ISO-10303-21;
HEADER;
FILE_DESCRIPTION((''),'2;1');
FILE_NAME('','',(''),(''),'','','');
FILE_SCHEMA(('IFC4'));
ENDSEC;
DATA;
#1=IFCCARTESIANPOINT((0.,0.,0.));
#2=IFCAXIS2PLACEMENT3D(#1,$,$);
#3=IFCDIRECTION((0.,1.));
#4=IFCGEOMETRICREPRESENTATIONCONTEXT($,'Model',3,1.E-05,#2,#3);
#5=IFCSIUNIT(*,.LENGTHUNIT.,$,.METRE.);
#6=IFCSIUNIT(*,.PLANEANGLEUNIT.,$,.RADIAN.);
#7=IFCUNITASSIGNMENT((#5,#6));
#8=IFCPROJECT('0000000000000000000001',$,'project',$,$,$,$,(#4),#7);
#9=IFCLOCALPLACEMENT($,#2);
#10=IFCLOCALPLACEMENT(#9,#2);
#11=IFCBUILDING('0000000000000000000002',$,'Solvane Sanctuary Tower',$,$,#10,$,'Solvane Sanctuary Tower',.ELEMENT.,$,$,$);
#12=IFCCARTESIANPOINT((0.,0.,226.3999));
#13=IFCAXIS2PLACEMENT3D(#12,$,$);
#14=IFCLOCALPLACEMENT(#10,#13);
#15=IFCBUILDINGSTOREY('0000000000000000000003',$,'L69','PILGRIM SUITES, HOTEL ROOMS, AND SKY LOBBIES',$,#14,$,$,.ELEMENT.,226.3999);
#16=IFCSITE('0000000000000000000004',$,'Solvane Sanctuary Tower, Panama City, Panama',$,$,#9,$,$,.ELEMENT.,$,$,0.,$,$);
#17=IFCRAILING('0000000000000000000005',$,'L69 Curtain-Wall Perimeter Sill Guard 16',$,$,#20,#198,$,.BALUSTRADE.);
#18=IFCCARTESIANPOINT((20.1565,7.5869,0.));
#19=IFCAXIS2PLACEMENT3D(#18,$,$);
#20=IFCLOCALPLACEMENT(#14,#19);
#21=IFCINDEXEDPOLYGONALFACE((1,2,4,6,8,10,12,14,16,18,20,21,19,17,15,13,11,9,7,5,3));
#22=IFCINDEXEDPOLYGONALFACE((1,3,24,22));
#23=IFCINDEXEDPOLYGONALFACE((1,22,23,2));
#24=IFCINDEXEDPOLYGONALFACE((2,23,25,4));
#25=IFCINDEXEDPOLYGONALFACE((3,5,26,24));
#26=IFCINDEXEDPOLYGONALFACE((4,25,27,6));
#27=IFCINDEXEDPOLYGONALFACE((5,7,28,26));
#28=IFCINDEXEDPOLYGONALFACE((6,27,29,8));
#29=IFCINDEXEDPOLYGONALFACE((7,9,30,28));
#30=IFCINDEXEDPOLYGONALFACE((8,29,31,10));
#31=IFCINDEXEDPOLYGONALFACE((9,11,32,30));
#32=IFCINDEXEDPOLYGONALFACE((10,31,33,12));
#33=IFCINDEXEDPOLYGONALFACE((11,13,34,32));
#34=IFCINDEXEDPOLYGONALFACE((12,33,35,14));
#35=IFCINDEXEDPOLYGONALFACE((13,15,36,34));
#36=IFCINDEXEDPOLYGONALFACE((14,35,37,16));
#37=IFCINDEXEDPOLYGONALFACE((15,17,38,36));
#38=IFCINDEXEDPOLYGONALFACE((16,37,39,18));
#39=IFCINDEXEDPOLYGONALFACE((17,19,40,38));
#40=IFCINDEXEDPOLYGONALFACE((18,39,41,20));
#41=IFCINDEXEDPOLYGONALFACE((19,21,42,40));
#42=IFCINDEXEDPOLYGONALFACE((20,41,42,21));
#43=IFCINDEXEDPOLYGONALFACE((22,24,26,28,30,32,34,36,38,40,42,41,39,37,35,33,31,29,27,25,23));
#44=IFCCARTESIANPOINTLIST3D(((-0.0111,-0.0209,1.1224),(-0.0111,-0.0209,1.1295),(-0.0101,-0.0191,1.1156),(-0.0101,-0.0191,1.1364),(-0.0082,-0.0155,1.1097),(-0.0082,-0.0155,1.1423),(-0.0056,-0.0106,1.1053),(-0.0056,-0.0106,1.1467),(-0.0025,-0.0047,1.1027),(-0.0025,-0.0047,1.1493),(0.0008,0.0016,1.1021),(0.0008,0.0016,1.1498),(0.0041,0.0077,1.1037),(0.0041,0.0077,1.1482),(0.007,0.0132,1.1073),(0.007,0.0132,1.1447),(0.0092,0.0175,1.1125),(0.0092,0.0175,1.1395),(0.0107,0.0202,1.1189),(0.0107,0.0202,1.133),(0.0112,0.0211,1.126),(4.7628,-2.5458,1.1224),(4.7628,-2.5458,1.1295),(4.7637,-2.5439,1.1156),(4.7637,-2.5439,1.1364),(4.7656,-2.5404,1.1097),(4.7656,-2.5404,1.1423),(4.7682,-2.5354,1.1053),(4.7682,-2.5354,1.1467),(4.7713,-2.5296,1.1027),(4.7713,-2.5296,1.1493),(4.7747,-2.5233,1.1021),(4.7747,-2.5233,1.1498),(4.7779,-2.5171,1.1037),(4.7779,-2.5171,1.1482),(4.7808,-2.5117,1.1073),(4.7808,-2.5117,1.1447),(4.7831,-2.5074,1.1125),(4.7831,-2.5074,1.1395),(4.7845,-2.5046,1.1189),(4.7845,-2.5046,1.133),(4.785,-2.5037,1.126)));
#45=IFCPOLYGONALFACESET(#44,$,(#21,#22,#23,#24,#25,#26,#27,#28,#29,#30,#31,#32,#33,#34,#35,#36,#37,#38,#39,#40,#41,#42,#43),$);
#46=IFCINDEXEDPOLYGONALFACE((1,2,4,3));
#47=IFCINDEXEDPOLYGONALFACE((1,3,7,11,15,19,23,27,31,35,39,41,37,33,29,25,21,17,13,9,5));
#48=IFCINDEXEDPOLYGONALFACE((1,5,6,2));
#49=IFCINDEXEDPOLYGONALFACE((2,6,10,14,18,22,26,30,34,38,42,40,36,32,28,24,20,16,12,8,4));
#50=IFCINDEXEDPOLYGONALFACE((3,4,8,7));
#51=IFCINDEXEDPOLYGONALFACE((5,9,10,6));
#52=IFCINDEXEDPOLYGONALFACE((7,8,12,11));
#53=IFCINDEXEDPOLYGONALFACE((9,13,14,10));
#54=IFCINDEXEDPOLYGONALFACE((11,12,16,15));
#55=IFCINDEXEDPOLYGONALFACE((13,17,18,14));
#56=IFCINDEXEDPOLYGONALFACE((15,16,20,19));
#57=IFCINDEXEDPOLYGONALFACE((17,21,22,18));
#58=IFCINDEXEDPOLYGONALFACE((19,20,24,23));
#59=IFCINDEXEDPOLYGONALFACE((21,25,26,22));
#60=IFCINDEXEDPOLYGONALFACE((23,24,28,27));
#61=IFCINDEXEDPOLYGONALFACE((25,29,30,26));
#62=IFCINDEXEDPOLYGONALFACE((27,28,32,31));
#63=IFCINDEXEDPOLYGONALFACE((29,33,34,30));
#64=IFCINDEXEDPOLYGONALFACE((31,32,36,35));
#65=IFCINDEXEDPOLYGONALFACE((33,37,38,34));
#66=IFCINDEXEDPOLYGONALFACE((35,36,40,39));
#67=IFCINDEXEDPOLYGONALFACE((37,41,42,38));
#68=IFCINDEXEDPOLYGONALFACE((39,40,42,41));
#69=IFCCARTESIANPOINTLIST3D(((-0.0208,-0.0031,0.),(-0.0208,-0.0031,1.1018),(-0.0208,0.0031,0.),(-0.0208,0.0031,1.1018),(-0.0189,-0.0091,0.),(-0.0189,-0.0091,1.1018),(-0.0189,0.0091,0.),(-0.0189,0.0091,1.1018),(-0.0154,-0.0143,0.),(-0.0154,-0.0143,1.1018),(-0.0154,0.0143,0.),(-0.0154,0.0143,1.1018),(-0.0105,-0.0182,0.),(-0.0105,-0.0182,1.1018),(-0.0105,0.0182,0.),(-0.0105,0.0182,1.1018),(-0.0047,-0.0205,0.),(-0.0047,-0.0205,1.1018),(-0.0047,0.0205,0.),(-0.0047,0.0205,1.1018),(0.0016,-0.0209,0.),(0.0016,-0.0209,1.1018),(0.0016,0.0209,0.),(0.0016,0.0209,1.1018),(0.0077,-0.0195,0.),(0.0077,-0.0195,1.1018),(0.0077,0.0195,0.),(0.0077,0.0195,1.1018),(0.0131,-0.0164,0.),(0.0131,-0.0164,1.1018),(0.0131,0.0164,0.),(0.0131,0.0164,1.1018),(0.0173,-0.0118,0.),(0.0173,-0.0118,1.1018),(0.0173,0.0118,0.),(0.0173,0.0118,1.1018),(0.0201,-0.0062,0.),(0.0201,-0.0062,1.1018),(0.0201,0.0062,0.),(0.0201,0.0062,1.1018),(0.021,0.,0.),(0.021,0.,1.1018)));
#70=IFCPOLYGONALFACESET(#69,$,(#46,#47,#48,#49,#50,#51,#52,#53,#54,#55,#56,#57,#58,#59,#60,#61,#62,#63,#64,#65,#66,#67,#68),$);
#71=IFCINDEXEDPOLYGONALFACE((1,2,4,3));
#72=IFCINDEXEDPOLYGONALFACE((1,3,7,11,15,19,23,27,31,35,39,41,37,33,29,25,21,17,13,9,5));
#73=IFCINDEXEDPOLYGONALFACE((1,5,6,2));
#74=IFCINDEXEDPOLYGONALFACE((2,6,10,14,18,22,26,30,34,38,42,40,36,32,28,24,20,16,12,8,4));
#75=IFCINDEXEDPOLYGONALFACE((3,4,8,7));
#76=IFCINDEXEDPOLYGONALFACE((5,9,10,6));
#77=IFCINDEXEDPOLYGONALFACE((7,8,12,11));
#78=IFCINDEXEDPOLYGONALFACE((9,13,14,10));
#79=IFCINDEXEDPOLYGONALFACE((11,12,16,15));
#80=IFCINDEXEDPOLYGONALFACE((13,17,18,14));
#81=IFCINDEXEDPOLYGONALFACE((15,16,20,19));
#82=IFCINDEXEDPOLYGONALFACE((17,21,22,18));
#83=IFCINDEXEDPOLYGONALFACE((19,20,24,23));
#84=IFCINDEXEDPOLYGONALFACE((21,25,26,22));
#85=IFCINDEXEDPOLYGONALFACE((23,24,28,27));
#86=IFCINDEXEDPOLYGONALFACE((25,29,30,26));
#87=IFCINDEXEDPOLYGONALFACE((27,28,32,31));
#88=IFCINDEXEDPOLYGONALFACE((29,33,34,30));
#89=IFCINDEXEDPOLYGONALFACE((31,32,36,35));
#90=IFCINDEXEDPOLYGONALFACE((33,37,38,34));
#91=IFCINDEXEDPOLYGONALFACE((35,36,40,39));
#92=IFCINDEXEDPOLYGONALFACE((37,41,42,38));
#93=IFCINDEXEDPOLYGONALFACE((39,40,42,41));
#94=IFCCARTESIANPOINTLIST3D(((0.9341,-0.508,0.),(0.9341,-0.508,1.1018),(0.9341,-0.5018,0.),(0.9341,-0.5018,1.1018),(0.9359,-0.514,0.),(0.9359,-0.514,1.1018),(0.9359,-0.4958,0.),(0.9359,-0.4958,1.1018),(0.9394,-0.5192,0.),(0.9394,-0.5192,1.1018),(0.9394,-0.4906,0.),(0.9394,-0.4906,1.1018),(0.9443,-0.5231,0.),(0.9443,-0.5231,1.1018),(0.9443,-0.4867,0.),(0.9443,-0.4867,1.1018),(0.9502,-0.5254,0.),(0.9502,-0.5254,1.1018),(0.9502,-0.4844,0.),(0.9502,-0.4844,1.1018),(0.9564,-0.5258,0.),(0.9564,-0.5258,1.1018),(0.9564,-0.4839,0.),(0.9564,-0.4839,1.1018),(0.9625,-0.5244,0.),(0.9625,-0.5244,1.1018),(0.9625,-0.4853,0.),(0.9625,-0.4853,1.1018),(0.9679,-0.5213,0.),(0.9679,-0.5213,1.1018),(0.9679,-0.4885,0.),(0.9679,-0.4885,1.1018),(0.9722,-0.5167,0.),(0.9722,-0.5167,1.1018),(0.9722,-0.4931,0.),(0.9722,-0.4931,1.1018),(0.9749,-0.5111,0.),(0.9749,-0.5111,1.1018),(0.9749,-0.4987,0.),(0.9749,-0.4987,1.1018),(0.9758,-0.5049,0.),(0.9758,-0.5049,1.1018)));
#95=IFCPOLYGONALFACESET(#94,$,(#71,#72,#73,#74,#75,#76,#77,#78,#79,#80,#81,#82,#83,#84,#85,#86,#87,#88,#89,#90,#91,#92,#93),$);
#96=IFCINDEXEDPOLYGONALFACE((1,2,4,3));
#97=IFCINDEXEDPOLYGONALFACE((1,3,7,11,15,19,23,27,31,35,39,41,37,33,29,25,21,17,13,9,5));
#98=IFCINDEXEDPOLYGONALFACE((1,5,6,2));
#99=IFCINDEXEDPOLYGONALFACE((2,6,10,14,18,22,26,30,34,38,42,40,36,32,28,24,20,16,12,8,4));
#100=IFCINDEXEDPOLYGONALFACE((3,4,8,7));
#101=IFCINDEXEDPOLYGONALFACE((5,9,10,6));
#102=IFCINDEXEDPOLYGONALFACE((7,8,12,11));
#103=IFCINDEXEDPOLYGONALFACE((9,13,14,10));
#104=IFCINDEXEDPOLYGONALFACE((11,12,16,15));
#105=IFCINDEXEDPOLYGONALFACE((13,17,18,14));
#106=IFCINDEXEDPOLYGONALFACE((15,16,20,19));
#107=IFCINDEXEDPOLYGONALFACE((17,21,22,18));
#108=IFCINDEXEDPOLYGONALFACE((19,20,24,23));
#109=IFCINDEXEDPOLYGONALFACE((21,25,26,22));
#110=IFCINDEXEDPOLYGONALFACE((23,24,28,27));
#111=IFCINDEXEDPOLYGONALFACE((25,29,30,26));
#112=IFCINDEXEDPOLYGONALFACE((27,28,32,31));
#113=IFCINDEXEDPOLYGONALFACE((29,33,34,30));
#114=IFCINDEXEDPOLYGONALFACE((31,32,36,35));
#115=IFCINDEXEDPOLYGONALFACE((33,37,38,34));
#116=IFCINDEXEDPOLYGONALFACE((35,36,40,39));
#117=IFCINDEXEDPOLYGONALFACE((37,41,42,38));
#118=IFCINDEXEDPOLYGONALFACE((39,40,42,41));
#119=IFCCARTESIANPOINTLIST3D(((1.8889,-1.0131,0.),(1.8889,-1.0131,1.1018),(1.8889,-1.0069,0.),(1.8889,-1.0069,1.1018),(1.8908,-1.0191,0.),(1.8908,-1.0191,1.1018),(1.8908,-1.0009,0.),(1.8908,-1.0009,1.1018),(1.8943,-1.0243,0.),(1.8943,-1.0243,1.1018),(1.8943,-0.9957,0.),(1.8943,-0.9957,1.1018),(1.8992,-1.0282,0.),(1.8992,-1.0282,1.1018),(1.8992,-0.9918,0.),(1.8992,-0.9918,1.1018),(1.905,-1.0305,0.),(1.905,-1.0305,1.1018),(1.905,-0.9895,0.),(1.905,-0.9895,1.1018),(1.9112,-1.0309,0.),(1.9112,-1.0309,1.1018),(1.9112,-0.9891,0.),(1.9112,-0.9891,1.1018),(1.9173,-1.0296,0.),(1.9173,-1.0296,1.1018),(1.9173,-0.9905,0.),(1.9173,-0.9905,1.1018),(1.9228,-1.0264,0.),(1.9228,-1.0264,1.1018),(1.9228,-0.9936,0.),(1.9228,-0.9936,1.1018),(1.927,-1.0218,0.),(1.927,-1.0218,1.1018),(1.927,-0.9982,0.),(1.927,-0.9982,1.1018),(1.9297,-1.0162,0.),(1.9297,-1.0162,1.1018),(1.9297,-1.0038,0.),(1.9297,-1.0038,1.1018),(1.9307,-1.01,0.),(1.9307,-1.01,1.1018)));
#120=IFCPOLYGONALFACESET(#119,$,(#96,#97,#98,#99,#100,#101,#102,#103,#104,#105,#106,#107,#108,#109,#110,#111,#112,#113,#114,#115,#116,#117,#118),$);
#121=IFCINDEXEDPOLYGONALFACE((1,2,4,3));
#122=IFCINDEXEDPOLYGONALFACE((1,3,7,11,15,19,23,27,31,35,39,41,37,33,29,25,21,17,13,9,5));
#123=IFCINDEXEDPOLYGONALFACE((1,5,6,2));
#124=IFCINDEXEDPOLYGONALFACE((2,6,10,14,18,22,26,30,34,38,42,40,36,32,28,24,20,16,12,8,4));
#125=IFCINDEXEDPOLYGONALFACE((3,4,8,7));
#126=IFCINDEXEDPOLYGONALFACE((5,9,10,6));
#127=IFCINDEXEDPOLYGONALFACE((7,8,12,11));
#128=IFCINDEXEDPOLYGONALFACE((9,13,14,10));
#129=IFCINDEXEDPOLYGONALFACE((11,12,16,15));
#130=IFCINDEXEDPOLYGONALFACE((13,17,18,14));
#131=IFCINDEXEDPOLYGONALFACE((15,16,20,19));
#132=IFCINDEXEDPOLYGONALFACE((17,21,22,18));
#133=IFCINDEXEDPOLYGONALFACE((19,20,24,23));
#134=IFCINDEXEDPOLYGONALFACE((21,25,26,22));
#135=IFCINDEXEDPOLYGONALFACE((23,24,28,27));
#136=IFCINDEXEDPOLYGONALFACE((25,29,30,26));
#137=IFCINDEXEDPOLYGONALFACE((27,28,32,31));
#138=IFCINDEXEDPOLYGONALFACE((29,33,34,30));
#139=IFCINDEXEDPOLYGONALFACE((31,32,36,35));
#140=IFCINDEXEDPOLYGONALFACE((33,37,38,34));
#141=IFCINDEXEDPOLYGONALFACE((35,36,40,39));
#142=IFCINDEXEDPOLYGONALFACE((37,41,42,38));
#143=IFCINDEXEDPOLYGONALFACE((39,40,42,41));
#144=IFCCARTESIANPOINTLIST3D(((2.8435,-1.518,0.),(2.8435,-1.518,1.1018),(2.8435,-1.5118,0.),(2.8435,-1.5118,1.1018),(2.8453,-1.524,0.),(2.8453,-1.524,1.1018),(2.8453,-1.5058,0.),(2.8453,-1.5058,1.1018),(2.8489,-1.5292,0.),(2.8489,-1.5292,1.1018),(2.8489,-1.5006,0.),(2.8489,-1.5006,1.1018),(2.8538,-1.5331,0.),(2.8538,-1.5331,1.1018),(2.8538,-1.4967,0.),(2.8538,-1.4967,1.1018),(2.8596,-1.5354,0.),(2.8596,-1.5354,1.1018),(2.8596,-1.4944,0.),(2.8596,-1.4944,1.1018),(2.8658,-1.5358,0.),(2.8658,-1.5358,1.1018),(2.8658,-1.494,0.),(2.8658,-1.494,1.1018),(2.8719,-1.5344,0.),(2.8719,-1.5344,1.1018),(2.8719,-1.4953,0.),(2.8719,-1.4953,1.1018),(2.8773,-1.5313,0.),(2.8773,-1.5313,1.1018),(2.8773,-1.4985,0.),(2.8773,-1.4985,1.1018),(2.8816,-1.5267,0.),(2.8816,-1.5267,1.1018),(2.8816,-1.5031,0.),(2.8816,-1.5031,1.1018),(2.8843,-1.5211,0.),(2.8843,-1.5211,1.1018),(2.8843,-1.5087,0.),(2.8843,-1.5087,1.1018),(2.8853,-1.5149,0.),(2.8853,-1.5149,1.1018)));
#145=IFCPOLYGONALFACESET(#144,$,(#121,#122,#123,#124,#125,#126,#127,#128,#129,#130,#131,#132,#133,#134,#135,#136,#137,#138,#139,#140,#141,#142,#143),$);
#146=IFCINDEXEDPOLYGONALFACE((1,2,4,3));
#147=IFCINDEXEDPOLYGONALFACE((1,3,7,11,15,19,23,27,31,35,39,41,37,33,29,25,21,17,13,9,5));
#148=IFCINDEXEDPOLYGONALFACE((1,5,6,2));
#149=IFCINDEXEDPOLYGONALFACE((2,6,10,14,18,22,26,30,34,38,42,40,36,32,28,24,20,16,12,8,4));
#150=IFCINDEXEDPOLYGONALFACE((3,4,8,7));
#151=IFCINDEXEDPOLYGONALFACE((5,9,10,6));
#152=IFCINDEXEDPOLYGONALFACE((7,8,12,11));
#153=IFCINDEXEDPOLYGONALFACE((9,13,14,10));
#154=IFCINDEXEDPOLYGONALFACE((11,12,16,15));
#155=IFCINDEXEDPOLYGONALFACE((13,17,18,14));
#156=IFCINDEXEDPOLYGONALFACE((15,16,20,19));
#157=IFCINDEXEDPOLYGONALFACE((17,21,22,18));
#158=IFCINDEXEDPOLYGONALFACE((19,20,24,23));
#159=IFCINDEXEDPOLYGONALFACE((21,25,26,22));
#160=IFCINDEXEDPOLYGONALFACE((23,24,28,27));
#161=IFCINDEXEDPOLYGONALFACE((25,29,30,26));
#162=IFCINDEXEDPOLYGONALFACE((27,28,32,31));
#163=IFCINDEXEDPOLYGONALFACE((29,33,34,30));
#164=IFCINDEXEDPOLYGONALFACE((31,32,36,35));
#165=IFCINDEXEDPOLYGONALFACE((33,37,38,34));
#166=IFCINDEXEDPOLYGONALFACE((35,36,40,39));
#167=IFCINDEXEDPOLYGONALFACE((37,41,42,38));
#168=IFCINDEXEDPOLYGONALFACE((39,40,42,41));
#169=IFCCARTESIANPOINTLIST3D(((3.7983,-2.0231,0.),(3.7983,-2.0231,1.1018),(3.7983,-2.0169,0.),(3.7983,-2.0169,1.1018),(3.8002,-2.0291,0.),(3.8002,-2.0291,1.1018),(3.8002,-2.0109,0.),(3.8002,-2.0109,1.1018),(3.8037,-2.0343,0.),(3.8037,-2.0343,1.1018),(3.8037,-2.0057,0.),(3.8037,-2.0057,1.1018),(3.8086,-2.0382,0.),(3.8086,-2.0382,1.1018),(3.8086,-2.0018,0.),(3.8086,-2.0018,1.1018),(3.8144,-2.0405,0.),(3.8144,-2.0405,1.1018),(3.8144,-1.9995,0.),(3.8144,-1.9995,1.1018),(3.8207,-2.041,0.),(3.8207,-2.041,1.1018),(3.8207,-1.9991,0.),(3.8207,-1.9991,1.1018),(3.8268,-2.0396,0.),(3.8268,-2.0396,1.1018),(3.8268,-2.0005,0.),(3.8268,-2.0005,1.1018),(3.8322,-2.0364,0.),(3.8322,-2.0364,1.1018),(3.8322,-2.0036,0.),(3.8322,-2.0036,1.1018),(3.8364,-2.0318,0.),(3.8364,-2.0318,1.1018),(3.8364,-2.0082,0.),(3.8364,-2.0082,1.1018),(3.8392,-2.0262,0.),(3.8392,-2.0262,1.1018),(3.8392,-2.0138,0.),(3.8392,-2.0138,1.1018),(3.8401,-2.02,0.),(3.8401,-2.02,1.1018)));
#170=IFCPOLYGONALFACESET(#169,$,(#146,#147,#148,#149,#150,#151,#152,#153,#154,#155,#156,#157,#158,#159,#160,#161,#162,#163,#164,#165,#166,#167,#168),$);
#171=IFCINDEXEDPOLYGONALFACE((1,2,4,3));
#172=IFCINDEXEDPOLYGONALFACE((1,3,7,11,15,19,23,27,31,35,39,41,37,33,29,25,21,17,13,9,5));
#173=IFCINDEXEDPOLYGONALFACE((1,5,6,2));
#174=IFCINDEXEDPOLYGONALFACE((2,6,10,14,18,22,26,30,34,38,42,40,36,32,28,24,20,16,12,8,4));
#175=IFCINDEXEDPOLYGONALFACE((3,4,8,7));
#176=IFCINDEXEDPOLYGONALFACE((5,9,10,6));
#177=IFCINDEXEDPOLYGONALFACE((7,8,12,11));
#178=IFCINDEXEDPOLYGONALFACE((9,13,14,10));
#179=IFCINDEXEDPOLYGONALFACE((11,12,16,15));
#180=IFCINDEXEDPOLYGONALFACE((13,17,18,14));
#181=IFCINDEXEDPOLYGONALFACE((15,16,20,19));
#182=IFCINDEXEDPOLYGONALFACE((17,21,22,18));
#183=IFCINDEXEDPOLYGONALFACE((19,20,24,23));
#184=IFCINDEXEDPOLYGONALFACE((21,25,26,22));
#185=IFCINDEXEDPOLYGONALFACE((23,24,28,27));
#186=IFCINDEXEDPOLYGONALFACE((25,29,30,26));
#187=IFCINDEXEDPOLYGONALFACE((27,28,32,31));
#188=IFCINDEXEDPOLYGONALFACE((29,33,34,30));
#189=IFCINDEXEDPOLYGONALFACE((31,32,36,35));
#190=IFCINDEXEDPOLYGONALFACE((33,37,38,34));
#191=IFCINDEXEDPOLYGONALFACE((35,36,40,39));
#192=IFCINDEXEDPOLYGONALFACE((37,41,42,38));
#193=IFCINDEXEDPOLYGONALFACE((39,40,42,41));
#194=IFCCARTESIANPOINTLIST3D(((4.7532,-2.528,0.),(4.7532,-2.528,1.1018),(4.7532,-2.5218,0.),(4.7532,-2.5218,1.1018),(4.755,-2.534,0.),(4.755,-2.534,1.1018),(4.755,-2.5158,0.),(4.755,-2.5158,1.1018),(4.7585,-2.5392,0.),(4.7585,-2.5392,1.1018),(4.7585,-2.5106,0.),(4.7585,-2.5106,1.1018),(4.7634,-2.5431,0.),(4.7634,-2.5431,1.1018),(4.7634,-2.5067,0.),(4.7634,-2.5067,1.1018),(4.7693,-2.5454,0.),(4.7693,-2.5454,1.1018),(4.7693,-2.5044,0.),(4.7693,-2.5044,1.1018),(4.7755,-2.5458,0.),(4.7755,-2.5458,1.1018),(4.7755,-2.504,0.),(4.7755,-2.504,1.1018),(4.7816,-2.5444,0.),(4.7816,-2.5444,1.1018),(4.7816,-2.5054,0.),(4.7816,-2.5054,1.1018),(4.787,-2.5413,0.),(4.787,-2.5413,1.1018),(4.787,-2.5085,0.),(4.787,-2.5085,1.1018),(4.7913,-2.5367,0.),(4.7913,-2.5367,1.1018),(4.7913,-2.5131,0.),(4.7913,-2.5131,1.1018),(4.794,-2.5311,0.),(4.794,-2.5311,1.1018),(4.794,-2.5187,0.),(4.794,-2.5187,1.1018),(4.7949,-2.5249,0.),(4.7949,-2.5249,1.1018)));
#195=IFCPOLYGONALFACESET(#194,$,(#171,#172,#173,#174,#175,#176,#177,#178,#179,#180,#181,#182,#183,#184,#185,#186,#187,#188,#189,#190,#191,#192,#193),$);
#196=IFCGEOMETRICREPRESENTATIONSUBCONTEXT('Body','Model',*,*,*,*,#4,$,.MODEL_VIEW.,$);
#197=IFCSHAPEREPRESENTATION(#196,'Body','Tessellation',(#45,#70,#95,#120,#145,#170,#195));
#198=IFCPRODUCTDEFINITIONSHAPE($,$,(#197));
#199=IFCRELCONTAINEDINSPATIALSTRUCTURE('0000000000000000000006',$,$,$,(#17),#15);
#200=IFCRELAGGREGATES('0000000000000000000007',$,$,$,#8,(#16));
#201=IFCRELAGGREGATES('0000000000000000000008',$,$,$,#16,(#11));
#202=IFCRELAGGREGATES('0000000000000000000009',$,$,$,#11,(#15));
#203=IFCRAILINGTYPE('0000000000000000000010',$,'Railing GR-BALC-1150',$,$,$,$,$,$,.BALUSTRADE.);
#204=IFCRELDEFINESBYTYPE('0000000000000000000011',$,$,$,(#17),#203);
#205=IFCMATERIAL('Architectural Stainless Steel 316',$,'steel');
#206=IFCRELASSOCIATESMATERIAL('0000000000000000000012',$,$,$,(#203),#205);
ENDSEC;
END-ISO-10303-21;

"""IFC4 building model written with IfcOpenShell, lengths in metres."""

from ifc_helpers import new_model, si_unit, direction, frame, origin, origin_2d, place, context, subcontext, project, spatial, circle, extrude, material, type_object, element, save


model = new_model("IFC4")

# Units and contexts
model_context = context("Model", 3, precision=1e-05, world=origin(), true_north=direction((0.0, 1.0)))
body_context = subcontext(model_context, "Body", "Model", "MODEL_VIEW")
ifc_project = project(units=[si_unit("LENGTHUNIT", "METRE"), si_unit("PLANEANGLEUNIT", "RADIAN")], contexts=[model_context])

# Site, building, storey
site_placement = place(None, origin())
site = spatial("IfcSite", under=ifc_project, at=site_placement, Name="Solvane Sanctuary Tower, Panama City, Panama", CompositionType="ELEMENT", RefElevation=0.0)
building_placement = place(site_placement, origin())
building = spatial("IfcBuilding", under=site, at=building_placement, Name="Solvane Sanctuary Tower", LongName="Solvane Sanctuary Tower", CompositionType="ELEMENT")
storey_placement = place(building_placement, frame((0.0, 0.0, 226.3999)))
storey = spatial("IfcBuildingStorey", under=building, at=storey_placement, Name="L69", Description="PILGRIM SUITES, HOTEL ROOMS, AND SKY LOBBIES", CompositionType="ELEMENT", Elevation=226.3999)

# Shared definitions
ifc_material_1 = material(Name="Architectural Stainless Steel 316", Category="steel")

# Railing
railing_type = type_object("IfcRailingType", Name="Railing GR-BALC-1150", PredefinedType="BALUSTRADE", material=ifc_material_1)
railing_1_placement = place(storey_placement, frame((20.1565, 7.5869, 0.0)))
element("IfcRailing", 1, at=railing_1_placement, inside=storey, type_object=railing_type, Name="L69 Curtain-Wall Perimeter Sill Guard 16", PredefinedType="BALUSTRADE", context=body_context, shape_type="SweptSolid", body=[
    extrude(circle(Radius=0.0239, at=origin_2d()), frame((0.0, 0.0, 1.126), z_axis=(0.883977, -0.46753, 0.0), x_axis=(0.46753, 0.883977, 0.0)), (0.0, 0.0, 1.0), 5.4004),
    extrude(circle(Radius=0.021, at=origin_2d()), origin(), (0.0, 0.0, 1.0), 1.1018),
    extrude(circle(Radius=0.021, at=origin_2d()), frame((0.9548, -0.5049, 0.0)), (0.0, 0.0, 1.0), 1.1018),
    extrude(circle(Radius=0.021, at=origin_2d()), frame((1.9097, -1.01, 0.0)), (0.0, 0.0, 1.0), 1.1018),
    extrude(circle(Radius=0.021, at=origin_2d()), frame((2.8643, -1.5149, 0.0)), (0.0, 0.0, 1.0), 1.1018),
    extrude(circle(Radius=0.021, at=origin_2d()), frame((3.8191, -2.02, 0.0)), (0.0, 0.0, 1.0), 1.1018),
    extrude(circle(Radius=0.021, at=origin_2d()), frame((4.7739, -2.5249, 0.0)), (0.0, 0.0, 1.0), 1.1018),
])

save(model, "model.ifc")
